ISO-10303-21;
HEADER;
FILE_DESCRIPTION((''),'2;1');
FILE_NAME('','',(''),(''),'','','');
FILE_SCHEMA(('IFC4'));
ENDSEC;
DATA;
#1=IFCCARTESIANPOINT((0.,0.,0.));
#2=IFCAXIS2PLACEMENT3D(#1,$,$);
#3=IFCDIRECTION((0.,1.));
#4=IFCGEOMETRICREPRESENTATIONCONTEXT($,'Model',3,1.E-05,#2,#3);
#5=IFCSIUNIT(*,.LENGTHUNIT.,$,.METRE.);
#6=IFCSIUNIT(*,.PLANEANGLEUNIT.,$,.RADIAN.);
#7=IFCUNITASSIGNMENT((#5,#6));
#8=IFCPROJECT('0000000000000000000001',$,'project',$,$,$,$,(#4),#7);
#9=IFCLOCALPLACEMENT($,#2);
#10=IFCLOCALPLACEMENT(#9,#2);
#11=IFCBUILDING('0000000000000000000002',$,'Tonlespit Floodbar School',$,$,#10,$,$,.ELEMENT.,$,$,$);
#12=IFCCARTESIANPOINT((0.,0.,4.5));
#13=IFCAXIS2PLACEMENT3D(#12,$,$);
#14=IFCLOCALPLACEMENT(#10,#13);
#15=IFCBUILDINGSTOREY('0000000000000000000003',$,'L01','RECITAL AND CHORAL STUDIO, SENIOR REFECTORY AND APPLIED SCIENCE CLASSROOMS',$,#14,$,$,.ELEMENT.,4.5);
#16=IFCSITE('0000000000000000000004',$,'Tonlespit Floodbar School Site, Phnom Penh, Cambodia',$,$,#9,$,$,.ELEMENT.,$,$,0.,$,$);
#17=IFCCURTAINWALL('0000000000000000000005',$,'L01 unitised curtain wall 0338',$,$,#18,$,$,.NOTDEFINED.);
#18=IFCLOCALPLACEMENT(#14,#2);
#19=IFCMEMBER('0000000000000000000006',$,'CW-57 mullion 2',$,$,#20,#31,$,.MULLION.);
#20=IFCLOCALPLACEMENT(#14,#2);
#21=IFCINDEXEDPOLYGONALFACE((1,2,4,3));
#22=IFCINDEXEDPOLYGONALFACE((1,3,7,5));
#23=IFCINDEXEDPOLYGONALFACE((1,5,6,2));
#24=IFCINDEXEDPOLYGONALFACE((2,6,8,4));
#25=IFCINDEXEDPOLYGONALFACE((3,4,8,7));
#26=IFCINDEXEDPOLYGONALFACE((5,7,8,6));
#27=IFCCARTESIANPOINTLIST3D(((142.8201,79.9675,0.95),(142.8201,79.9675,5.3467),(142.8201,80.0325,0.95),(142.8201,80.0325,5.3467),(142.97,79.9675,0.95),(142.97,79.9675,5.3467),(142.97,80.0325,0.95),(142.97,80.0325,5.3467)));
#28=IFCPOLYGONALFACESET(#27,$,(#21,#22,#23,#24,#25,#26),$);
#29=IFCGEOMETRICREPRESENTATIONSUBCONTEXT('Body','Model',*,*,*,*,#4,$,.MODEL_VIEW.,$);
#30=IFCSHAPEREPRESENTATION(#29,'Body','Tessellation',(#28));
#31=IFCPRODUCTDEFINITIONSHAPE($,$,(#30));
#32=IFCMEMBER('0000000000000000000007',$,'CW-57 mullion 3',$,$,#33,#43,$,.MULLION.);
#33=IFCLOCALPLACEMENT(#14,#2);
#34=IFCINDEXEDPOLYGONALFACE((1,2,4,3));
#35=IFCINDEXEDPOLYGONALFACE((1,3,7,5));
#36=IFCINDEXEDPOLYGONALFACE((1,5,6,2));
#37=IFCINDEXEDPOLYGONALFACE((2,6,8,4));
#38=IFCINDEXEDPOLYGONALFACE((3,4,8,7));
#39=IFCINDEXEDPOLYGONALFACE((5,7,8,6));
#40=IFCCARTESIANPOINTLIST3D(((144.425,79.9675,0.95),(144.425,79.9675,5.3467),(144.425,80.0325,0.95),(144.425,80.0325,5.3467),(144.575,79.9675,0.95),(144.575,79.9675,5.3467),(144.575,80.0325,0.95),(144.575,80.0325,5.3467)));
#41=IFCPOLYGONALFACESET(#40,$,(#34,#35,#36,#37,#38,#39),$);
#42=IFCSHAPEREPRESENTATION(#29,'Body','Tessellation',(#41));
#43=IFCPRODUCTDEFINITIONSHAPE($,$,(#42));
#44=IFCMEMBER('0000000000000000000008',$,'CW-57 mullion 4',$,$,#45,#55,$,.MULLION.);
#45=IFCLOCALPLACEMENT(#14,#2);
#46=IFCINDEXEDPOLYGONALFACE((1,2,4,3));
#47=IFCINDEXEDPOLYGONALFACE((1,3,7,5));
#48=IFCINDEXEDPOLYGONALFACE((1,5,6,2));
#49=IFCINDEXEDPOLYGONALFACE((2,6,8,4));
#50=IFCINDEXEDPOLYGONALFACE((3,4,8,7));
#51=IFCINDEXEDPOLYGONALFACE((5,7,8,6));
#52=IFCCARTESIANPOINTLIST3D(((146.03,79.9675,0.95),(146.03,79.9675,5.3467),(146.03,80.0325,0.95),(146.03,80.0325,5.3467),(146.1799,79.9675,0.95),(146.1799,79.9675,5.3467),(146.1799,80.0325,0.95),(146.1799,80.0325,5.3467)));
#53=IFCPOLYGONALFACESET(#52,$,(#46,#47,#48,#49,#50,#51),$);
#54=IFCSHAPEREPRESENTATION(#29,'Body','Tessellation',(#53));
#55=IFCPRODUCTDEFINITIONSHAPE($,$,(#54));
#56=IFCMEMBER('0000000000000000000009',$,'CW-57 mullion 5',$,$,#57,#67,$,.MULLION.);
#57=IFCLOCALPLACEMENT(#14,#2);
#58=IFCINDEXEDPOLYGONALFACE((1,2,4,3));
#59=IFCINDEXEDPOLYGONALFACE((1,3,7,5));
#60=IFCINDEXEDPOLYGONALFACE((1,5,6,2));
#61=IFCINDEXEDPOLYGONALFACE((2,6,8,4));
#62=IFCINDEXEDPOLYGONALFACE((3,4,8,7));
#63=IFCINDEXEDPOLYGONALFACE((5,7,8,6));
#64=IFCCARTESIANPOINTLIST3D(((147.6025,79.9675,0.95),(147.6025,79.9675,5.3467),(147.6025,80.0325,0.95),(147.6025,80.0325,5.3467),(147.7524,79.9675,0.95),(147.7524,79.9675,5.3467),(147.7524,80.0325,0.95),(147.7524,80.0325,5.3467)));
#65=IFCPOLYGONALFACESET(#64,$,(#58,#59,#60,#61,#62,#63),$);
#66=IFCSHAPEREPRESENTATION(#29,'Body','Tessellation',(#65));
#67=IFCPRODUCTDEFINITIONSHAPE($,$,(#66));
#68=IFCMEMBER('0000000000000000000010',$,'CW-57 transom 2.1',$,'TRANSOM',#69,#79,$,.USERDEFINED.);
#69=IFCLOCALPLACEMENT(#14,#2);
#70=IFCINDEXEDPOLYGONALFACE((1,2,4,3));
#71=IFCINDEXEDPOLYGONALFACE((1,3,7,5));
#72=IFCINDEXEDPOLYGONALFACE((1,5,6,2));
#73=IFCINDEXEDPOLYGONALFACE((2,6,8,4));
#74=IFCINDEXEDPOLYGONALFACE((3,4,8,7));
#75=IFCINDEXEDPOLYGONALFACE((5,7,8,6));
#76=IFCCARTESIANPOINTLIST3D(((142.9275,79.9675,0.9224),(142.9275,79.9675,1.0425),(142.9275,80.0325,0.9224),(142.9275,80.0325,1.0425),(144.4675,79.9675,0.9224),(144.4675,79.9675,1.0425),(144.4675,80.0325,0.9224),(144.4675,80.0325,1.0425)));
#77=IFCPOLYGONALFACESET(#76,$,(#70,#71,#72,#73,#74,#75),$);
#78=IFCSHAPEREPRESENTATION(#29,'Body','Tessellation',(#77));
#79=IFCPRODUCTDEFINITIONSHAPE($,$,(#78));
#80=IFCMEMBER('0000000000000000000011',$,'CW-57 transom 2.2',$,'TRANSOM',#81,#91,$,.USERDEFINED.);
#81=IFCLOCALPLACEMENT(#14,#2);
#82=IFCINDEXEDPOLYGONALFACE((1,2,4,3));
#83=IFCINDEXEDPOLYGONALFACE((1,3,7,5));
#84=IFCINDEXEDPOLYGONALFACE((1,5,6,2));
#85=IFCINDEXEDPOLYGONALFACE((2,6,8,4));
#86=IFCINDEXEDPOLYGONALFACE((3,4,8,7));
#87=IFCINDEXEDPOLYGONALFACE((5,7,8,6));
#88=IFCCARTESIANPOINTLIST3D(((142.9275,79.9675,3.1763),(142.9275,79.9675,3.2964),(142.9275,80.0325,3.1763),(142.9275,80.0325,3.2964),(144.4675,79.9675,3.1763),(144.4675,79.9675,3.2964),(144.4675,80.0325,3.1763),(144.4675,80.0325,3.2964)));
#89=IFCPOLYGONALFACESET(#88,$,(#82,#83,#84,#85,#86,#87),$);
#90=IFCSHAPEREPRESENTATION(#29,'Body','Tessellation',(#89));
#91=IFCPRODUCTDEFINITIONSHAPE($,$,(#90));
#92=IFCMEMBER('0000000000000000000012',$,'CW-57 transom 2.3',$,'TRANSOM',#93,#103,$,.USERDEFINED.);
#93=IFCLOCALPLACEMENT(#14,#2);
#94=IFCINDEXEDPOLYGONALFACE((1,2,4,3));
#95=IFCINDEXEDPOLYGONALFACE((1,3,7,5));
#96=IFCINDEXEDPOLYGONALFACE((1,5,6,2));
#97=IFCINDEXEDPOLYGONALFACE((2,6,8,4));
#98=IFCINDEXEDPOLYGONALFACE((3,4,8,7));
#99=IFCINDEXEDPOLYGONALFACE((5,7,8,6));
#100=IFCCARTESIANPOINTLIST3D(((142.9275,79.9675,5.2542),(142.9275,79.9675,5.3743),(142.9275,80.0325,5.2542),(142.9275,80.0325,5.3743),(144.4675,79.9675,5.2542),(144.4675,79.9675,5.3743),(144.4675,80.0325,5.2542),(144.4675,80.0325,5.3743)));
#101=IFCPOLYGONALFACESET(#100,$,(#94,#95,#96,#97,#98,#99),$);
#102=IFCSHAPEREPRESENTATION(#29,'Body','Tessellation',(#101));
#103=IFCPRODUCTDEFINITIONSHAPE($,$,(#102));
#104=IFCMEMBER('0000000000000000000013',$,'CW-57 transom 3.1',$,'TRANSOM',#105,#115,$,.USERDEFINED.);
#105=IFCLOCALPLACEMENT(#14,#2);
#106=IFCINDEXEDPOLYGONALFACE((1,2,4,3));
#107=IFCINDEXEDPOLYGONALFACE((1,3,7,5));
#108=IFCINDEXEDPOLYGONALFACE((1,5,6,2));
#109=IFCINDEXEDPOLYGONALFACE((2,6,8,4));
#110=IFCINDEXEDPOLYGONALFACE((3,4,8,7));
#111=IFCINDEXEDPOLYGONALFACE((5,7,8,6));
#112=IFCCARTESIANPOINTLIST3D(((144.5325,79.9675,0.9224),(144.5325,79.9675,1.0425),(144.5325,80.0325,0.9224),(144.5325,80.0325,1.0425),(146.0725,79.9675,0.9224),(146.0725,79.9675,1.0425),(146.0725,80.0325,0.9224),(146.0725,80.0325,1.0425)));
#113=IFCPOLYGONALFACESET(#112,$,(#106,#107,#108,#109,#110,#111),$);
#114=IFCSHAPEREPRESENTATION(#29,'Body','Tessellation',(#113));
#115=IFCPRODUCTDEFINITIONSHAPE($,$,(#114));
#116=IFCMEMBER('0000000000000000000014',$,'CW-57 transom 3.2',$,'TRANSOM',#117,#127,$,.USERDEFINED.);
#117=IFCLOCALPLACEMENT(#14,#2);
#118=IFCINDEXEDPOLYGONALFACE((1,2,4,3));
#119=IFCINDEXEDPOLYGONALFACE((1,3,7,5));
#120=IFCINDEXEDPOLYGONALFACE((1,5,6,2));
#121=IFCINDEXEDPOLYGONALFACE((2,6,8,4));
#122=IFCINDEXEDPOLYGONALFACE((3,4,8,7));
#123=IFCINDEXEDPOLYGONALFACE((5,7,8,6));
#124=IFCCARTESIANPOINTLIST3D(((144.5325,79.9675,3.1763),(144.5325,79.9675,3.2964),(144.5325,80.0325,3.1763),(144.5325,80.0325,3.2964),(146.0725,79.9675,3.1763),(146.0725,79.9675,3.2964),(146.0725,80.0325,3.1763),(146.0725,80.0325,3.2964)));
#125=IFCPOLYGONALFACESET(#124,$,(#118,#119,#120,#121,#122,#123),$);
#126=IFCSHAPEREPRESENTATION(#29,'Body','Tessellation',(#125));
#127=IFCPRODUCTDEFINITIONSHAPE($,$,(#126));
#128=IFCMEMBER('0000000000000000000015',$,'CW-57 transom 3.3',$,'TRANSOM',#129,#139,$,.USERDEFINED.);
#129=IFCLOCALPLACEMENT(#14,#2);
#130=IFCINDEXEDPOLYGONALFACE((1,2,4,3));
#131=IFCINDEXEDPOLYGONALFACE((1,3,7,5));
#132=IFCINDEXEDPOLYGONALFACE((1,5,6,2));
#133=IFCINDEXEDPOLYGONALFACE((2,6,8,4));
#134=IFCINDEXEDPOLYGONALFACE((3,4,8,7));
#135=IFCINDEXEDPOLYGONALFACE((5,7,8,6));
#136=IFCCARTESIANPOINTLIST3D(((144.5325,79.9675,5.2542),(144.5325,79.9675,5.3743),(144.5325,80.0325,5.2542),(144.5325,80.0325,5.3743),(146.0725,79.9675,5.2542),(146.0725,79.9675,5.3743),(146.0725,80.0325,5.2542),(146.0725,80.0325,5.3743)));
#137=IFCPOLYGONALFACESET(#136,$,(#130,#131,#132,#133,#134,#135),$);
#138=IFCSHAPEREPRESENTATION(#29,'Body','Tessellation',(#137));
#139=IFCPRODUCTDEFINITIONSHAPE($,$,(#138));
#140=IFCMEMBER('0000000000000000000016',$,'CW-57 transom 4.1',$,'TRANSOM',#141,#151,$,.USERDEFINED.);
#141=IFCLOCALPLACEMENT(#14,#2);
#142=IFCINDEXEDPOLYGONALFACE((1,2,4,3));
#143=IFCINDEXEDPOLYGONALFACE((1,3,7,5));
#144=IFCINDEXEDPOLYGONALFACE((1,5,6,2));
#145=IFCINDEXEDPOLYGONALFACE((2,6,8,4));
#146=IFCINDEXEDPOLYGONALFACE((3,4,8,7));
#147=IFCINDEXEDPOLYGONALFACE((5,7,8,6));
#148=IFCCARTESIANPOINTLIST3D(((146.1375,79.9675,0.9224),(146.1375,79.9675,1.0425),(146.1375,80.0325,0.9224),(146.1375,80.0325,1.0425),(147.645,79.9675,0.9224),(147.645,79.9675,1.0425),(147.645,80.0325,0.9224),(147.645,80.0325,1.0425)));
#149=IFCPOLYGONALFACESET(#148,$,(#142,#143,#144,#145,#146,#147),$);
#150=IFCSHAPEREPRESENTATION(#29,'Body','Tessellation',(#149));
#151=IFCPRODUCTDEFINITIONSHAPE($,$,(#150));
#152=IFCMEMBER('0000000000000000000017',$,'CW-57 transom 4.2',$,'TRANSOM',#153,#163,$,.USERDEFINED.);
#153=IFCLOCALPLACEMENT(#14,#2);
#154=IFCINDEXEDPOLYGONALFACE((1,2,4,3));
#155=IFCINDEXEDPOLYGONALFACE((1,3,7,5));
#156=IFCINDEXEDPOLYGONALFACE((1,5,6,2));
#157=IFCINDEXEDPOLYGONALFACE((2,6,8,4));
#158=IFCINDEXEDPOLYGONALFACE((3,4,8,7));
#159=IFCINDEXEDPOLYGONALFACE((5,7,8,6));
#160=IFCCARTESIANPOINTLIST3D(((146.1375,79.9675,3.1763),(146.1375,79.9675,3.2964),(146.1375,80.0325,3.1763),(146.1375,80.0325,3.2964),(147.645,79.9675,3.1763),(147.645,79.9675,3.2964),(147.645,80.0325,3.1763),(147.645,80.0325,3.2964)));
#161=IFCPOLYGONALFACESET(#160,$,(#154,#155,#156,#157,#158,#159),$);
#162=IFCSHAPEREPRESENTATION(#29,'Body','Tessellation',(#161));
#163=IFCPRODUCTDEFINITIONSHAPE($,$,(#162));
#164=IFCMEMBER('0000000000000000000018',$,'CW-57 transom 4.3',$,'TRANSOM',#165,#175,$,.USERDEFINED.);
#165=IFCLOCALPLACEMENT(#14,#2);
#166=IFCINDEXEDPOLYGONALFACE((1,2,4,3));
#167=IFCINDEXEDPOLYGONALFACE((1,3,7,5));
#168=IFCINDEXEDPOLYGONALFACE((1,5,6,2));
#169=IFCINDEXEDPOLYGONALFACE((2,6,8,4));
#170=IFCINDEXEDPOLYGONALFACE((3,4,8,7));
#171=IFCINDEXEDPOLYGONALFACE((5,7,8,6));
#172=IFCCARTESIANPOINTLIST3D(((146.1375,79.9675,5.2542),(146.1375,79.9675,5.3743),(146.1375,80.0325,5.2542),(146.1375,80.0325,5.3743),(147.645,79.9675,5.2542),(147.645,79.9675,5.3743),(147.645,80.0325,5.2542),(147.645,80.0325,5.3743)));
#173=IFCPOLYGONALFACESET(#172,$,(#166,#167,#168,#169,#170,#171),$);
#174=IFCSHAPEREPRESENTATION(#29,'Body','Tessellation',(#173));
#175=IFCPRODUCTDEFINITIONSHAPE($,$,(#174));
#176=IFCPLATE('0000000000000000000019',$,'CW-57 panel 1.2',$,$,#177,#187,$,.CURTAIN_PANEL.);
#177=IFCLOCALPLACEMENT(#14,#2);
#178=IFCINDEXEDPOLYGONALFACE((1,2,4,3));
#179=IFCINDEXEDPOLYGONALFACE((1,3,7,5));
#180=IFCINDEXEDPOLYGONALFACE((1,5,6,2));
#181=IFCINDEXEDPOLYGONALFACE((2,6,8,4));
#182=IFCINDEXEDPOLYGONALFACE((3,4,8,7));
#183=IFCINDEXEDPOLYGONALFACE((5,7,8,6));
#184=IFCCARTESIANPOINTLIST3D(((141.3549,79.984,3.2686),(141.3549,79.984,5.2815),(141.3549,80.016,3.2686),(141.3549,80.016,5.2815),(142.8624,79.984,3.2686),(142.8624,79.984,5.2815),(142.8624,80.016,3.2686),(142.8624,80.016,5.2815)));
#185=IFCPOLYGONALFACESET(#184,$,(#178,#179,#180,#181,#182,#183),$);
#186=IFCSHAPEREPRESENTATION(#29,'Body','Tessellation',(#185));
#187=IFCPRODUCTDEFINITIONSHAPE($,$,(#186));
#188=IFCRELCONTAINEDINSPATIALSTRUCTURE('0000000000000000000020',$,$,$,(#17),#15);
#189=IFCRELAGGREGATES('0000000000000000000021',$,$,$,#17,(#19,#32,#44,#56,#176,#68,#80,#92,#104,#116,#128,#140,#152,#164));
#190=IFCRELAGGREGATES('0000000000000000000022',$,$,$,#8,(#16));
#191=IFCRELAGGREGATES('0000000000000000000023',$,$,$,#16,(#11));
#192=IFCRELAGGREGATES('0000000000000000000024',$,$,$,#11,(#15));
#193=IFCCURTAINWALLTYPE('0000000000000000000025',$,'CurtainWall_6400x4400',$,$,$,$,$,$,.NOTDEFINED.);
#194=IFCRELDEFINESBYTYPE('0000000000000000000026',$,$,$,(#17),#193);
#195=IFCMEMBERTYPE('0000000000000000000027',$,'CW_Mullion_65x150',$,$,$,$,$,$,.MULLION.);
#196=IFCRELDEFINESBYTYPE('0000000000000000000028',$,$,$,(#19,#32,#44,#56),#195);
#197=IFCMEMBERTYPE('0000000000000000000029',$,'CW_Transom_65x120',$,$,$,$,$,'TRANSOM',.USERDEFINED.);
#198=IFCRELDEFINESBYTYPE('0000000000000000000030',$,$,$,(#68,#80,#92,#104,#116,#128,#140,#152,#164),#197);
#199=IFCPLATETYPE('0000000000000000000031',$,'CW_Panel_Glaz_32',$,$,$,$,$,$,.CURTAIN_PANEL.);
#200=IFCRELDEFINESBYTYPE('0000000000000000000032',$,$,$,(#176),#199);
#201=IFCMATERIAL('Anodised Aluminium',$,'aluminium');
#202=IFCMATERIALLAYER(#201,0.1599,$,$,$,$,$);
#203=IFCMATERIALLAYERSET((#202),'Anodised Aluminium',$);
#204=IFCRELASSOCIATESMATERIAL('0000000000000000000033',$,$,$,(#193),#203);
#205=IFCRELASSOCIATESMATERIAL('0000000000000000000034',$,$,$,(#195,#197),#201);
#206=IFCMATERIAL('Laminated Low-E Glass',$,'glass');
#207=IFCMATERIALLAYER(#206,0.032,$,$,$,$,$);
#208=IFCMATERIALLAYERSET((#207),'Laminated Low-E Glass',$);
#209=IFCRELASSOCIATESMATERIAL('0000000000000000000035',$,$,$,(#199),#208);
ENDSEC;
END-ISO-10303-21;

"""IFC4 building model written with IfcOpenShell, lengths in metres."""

from ifc_helpers import new_model, si_unit, direction, frame, origin, origin_2d, place, context, subcontext, project, spatial, rectangle, extrude, material, layer, layer_set, material_profile, profile_set, type_object, element, aggregate, save


model = new_model("IFC4")

# Units and contexts
model_context = context("Model", 3, precision=1e-05, world=origin(), true_north=direction((0.0, 1.0)))
body_context = subcontext(model_context, "Body", "Model", "MODEL_VIEW")
ifc_project = project(units=[si_unit("LENGTHUNIT", "METRE"), si_unit("PLANEANGLEUNIT", "RADIAN")], contexts=[model_context])

# Site, building, storey
site_placement = place(None, origin())
site = spatial("IfcSite", under=ifc_project, at=site_placement, Name="Tonlespit Floodbar School Site, Phnom Penh, Cambodia", CompositionType="ELEMENT", RefElevation=0.0)
building_placement = place(site_placement, origin())
building = spatial("IfcBuilding", under=site, at=building_placement, Name="Tonlespit Floodbar School", CompositionType="ELEMENT")
storey_placement = place(building_placement, frame((0.0, 0.0, 4.5)))
storey = spatial("IfcBuildingStorey", under=building, at=storey_placement, Name="L01", Description="RECITAL AND CHORAL STUDIO, SENIOR REFECTORY AND APPLIED SCIENCE CLASSROOMS", CompositionType="ELEMENT", Elevation=4.5)

# Curtain wall, members, plate
ifc_material_1 = material(Name="Anodised Aluminium", Category="aluminium")
ifc_layer_1 = layer(ifc_material_1, 0.1599)
ifc_layer_set_1 = layer_set([ifc_layer_1], Name="Anodised Aluminium")
curtain_wall_type = type_object("IfcCurtainWallType", Name="CurtainWall_6400x4400", PredefinedType="NOTDEFINED", material=ifc_layer_set_1)
curtain_wall_placement = place(storey_placement, origin())
curtain_wall = element("IfcCurtainWall", 1, at=curtain_wall_placement, inside=storey, type_object=curtain_wall_type, Name="L01 unitised curtain wall 0338", PredefinedType="NOTDEFINED")
ifc_material_profile_1 = material_profile(ifc_material_1, rectangle(XDim=0.0649, YDim=0.1499, at=origin_2d()), Name="ALU M65x150")
ifc_profile_set_1 = profile_set([ifc_material_profile_1], Name="Anodised Aluminium")
member_type_1 = type_object("IfcMemberType", Name="CW_Mullion_65x150", PredefinedType="MULLION", material=ifc_profile_set_1)
member_1_placement = place(storey_placement, frame((142.895, 80.0, 0.95), z_axis=(0.0, 0.0, 1.0), x_axis=(0.0, 1.0, 0.0)))
member_1 = element("IfcMember", 2, at=member_1_placement, type_object=member_type_1, Name="CW-57 mullion 2", PredefinedType="MULLION", context=body_context, shape_type="SweptSolid", body=[
    extrude(rectangle(XDim=0.0649, YDim=0.1499, at=origin_2d()), origin(), (0.0, 0.0, 1.0), 4.3967),
])
member_2_placement = place(storey_placement, frame((144.5, 80.0, 0.95), z_axis=(0.0, 0.0, 1.0), x_axis=(0.0, 1.0, 0.0)))
member_2 = element("IfcMember", 3, at=member_2_placement, type_object=member_type_1, Name="CW-57 mullion 3", PredefinedType="MULLION", context=body_context, shape_type="SweptSolid", body=[
    extrude(rectangle(XDim=0.0649, YDim=0.1499, at=origin_2d()), origin(), (0.0, 0.0, 1.0), 4.3967),
])
member_3_placement = place(storey_placement, frame((146.105, 80.0, 0.95), z_axis=(0.0, 0.0, 1.0), x_axis=(0.0, 1.0, 0.0)))
member_3 = element("IfcMember", 4, at=member_3_placement, type_object=member_type_1, Name="CW-57 mullion 4", PredefinedType="MULLION", context=body_context, shape_type="SweptSolid", body=[
    extrude(rectangle(XDim=0.0649, YDim=0.1499, at=origin_2d()), origin(), (0.0, 0.0, 1.0), 4.3967),
])
member_4_placement = place(storey_placement, frame((147.6775, 80.0, 0.95), z_axis=(0.0, 0.0, 1.0), x_axis=(0.0, 1.0, 0.0)))
member_4 = element("IfcMember", 5, at=member_4_placement, type_object=member_type_1, Name="CW-57 mullion 5", PredefinedType="MULLION", context=body_context, shape_type="SweptSolid", body=[
    extrude(rectangle(XDim=0.0649, YDim=0.1499, at=origin_2d()), origin(), (0.0, 0.0, 1.0), 4.3967),
])
ifc_material_profile_2 = material_profile(ifc_material_1, rectangle(XDim=0.0649, YDim=0.1201, at=origin_2d()), Name="ALU T65x120")
ifc_profile_set_2 = profile_set([ifc_material_profile_2], Name="Anodised Aluminium")
member_type_2 = type_object("IfcMemberType", Name="CW_Transom_65x120", ElementType="TRANSOM", PredefinedType="USERDEFINED", material=ifc_profile_set_2)
member_5_placement = place(storey_placement, frame((142.9275, 80.0, 0.9824), z_axis=(1.0, 0.0, 0.0), x_axis=(0.0, 1.0, 0.0)))
member_5 = element("IfcMember", 6, at=member_5_placement, type_object=member_type_2, Name="CW-57 transom 2.1", ObjectType="TRANSOM", PredefinedType="USERDEFINED", context=body_context, shape_type="SweptSolid", body=[
    extrude(rectangle(XDim=0.0649, YDim=0.1201, at=origin_2d()), origin(), (0.0, 0.0, 1.0), 1.54),
])
member_6_placement = place(storey_placement, frame((142.9275, 80.0, 3.2363), z_axis=(1.0, 0.0, 0.0), x_axis=(0.0, 1.0, 0.0)))
member_6 = element("IfcMember", 7, at=member_6_placement, type_object=member_type_2, Name="CW-57 transom 2.2", ObjectType="TRANSOM", PredefinedType="USERDEFINED", context=body_context, shape_type="SweptSolid", body=[
    extrude(rectangle(XDim=0.0649, YDim=0.1201, at=origin_2d()), origin(), (0.0, 0.0, 1.0), 1.54),
])
member_7_placement = place(storey_placement, frame((142.9275, 80.0, 5.3142), z_axis=(1.0, 0.0, 0.0), x_axis=(0.0, 1.0, 0.0)))
member_7 = element("IfcMember", 8, at=member_7_placement, type_object=member_type_2, Name="CW-57 transom 2.3", ObjectType="TRANSOM", PredefinedType="USERDEFINED", context=body_context, shape_type="SweptSolid", body=[
    extrude(rectangle(XDim=0.0649, YDim=0.1201, at=origin_2d()), origin(), (0.0, 0.0, 1.0), 1.54),
])
member_8_placement = place(storey_placement, frame((144.5325, 80.0, 0.9824), z_axis=(1.0, 0.0, 0.0), x_axis=(0.0, 1.0, 0.0)))
member_8 = element("IfcMember", 9, at=member_8_placement, type_object=member_type_2, Name="CW-57 transom 3.1", ObjectType="TRANSOM", PredefinedType="USERDEFINED", context=body_context, shape_type="SweptSolid", body=[
    extrude(rectangle(XDim=0.0649, YDim=0.1201, at=origin_2d()), origin(), (0.0, 0.0, 1.0), 1.54),
])
member_9_placement = place(storey_placement, frame((144.5325, 80.0, 3.2363), z_axis=(1.0, 0.0, 0.0), x_axis=(0.0, 1.0, 0.0)))
member_9 = element("IfcMember", 10, at=member_9_placement, type_object=member_type_2, Name="CW-57 transom 3.2", ObjectType="TRANSOM", PredefinedType="USERDEFINED", context=body_context, shape_type="SweptSolid", body=[
    extrude(rectangle(XDim=0.0649, YDim=0.1201, at=origin_2d()), origin(), (0.0, 0.0, 1.0), 1.54),
])
member_10_placement = place(storey_placement, frame((144.5325, 80.0, 5.3142), z_axis=(1.0, 0.0, 0.0), x_axis=(0.0, 1.0, 0.0)))
member_10 = element("IfcMember", 11, at=member_10_placement, type_object=member_type_2, Name="CW-57 transom 3.3", ObjectType="TRANSOM", PredefinedType="USERDEFINED", context=body_context, shape_type="SweptSolid", body=[
    extrude(rectangle(XDim=0.0649, YDim=0.1201, at=origin_2d()), origin(), (0.0, 0.0, 1.0), 1.54),
])
member_11_placement = place(storey_placement, frame((146.1375, 80.0, 0.9824), z_axis=(1.0, 0.0, 0.0), x_axis=(0.0, 1.0, 0.0)))
member_11 = element("IfcMember", 12, at=member_11_placement, type_object=member_type_2, Name="CW-57 transom 4.1", ObjectType="TRANSOM", PredefinedType="USERDEFINED", context=body_context, shape_type="SweptSolid", body=[
    extrude(rectangle(XDim=0.0649, YDim=0.1201, at=origin_2d()), origin(), (0.0, 0.0, 1.0), 1.5076),
])
member_12_placement = place(storey_placement, frame((146.1375, 80.0, 3.2363), z_axis=(1.0, 0.0, 0.0), x_axis=(0.0, 1.0, 0.0)))
member_12 = element("IfcMember", 13, at=member_12_placement, type_object=member_type_2, Name="CW-57 transom 4.2", ObjectType="TRANSOM", PredefinedType="USERDEFINED", context=body_context, shape_type="SweptSolid", body=[
    extrude(rectangle(XDim=0.0649, YDim=0.1201, at=origin_2d()), origin(), (0.0, 0.0, 1.0), 1.5076),
])
member_13_placement = place(storey_placement, frame((146.1375, 80.0, 5.3142), z_axis=(1.0, 0.0, 0.0), x_axis=(0.0, 1.0, 0.0)))
member_13 = element("IfcMember", 14, at=member_13_placement, type_object=member_type_2, Name="CW-57 transom 4.3", ObjectType="TRANSOM", PredefinedType="USERDEFINED", context=body_context, shape_type="SweptSolid", body=[
    extrude(rectangle(XDim=0.0649, YDim=0.1201, at=origin_2d()), origin(), (0.0, 0.0, 1.0), 1.5076),
])
ifc_material_2 = material(Name="Laminated Low-E Glass", Category="glass")
ifc_layer_2 = layer(ifc_material_2, 0.032)
ifc_layer_set_2 = layer_set([ifc_layer_2], Name="Laminated Low-E Glass")
plate_type = type_object("IfcPlateType", Name="CW_Panel_Glaz_32", PredefinedType="CURTAIN_PANEL", material=ifc_layer_set_2)
plate_1_placement = place(storey_placement, frame((142.1086, 80.0, 3.2686), z_axis=(0.0, 0.0, 1.0), x_axis=(1.0, 0.0, 0.0)))
plate_1 = element("IfcPlate", 15, at=plate_1_placement, type_object=plate_type, Name="CW-57 panel 1.2", PredefinedType="CURTAIN_PANEL", context=body_context, shape_type="SweptSolid", body=[
    extrude(rectangle(XDim=1.5076, YDim=0.032, at=origin_2d()), origin(), (0.0, 0.0, 1.0), 2.0129),
])
aggregate(curtain_wall, [member_1, member_2, member_3, member_4, plate_1, member_5, member_6, member_7, member_8, member_9, member_10, member_11, member_12, member_13])

save(model, "model.ifc")
